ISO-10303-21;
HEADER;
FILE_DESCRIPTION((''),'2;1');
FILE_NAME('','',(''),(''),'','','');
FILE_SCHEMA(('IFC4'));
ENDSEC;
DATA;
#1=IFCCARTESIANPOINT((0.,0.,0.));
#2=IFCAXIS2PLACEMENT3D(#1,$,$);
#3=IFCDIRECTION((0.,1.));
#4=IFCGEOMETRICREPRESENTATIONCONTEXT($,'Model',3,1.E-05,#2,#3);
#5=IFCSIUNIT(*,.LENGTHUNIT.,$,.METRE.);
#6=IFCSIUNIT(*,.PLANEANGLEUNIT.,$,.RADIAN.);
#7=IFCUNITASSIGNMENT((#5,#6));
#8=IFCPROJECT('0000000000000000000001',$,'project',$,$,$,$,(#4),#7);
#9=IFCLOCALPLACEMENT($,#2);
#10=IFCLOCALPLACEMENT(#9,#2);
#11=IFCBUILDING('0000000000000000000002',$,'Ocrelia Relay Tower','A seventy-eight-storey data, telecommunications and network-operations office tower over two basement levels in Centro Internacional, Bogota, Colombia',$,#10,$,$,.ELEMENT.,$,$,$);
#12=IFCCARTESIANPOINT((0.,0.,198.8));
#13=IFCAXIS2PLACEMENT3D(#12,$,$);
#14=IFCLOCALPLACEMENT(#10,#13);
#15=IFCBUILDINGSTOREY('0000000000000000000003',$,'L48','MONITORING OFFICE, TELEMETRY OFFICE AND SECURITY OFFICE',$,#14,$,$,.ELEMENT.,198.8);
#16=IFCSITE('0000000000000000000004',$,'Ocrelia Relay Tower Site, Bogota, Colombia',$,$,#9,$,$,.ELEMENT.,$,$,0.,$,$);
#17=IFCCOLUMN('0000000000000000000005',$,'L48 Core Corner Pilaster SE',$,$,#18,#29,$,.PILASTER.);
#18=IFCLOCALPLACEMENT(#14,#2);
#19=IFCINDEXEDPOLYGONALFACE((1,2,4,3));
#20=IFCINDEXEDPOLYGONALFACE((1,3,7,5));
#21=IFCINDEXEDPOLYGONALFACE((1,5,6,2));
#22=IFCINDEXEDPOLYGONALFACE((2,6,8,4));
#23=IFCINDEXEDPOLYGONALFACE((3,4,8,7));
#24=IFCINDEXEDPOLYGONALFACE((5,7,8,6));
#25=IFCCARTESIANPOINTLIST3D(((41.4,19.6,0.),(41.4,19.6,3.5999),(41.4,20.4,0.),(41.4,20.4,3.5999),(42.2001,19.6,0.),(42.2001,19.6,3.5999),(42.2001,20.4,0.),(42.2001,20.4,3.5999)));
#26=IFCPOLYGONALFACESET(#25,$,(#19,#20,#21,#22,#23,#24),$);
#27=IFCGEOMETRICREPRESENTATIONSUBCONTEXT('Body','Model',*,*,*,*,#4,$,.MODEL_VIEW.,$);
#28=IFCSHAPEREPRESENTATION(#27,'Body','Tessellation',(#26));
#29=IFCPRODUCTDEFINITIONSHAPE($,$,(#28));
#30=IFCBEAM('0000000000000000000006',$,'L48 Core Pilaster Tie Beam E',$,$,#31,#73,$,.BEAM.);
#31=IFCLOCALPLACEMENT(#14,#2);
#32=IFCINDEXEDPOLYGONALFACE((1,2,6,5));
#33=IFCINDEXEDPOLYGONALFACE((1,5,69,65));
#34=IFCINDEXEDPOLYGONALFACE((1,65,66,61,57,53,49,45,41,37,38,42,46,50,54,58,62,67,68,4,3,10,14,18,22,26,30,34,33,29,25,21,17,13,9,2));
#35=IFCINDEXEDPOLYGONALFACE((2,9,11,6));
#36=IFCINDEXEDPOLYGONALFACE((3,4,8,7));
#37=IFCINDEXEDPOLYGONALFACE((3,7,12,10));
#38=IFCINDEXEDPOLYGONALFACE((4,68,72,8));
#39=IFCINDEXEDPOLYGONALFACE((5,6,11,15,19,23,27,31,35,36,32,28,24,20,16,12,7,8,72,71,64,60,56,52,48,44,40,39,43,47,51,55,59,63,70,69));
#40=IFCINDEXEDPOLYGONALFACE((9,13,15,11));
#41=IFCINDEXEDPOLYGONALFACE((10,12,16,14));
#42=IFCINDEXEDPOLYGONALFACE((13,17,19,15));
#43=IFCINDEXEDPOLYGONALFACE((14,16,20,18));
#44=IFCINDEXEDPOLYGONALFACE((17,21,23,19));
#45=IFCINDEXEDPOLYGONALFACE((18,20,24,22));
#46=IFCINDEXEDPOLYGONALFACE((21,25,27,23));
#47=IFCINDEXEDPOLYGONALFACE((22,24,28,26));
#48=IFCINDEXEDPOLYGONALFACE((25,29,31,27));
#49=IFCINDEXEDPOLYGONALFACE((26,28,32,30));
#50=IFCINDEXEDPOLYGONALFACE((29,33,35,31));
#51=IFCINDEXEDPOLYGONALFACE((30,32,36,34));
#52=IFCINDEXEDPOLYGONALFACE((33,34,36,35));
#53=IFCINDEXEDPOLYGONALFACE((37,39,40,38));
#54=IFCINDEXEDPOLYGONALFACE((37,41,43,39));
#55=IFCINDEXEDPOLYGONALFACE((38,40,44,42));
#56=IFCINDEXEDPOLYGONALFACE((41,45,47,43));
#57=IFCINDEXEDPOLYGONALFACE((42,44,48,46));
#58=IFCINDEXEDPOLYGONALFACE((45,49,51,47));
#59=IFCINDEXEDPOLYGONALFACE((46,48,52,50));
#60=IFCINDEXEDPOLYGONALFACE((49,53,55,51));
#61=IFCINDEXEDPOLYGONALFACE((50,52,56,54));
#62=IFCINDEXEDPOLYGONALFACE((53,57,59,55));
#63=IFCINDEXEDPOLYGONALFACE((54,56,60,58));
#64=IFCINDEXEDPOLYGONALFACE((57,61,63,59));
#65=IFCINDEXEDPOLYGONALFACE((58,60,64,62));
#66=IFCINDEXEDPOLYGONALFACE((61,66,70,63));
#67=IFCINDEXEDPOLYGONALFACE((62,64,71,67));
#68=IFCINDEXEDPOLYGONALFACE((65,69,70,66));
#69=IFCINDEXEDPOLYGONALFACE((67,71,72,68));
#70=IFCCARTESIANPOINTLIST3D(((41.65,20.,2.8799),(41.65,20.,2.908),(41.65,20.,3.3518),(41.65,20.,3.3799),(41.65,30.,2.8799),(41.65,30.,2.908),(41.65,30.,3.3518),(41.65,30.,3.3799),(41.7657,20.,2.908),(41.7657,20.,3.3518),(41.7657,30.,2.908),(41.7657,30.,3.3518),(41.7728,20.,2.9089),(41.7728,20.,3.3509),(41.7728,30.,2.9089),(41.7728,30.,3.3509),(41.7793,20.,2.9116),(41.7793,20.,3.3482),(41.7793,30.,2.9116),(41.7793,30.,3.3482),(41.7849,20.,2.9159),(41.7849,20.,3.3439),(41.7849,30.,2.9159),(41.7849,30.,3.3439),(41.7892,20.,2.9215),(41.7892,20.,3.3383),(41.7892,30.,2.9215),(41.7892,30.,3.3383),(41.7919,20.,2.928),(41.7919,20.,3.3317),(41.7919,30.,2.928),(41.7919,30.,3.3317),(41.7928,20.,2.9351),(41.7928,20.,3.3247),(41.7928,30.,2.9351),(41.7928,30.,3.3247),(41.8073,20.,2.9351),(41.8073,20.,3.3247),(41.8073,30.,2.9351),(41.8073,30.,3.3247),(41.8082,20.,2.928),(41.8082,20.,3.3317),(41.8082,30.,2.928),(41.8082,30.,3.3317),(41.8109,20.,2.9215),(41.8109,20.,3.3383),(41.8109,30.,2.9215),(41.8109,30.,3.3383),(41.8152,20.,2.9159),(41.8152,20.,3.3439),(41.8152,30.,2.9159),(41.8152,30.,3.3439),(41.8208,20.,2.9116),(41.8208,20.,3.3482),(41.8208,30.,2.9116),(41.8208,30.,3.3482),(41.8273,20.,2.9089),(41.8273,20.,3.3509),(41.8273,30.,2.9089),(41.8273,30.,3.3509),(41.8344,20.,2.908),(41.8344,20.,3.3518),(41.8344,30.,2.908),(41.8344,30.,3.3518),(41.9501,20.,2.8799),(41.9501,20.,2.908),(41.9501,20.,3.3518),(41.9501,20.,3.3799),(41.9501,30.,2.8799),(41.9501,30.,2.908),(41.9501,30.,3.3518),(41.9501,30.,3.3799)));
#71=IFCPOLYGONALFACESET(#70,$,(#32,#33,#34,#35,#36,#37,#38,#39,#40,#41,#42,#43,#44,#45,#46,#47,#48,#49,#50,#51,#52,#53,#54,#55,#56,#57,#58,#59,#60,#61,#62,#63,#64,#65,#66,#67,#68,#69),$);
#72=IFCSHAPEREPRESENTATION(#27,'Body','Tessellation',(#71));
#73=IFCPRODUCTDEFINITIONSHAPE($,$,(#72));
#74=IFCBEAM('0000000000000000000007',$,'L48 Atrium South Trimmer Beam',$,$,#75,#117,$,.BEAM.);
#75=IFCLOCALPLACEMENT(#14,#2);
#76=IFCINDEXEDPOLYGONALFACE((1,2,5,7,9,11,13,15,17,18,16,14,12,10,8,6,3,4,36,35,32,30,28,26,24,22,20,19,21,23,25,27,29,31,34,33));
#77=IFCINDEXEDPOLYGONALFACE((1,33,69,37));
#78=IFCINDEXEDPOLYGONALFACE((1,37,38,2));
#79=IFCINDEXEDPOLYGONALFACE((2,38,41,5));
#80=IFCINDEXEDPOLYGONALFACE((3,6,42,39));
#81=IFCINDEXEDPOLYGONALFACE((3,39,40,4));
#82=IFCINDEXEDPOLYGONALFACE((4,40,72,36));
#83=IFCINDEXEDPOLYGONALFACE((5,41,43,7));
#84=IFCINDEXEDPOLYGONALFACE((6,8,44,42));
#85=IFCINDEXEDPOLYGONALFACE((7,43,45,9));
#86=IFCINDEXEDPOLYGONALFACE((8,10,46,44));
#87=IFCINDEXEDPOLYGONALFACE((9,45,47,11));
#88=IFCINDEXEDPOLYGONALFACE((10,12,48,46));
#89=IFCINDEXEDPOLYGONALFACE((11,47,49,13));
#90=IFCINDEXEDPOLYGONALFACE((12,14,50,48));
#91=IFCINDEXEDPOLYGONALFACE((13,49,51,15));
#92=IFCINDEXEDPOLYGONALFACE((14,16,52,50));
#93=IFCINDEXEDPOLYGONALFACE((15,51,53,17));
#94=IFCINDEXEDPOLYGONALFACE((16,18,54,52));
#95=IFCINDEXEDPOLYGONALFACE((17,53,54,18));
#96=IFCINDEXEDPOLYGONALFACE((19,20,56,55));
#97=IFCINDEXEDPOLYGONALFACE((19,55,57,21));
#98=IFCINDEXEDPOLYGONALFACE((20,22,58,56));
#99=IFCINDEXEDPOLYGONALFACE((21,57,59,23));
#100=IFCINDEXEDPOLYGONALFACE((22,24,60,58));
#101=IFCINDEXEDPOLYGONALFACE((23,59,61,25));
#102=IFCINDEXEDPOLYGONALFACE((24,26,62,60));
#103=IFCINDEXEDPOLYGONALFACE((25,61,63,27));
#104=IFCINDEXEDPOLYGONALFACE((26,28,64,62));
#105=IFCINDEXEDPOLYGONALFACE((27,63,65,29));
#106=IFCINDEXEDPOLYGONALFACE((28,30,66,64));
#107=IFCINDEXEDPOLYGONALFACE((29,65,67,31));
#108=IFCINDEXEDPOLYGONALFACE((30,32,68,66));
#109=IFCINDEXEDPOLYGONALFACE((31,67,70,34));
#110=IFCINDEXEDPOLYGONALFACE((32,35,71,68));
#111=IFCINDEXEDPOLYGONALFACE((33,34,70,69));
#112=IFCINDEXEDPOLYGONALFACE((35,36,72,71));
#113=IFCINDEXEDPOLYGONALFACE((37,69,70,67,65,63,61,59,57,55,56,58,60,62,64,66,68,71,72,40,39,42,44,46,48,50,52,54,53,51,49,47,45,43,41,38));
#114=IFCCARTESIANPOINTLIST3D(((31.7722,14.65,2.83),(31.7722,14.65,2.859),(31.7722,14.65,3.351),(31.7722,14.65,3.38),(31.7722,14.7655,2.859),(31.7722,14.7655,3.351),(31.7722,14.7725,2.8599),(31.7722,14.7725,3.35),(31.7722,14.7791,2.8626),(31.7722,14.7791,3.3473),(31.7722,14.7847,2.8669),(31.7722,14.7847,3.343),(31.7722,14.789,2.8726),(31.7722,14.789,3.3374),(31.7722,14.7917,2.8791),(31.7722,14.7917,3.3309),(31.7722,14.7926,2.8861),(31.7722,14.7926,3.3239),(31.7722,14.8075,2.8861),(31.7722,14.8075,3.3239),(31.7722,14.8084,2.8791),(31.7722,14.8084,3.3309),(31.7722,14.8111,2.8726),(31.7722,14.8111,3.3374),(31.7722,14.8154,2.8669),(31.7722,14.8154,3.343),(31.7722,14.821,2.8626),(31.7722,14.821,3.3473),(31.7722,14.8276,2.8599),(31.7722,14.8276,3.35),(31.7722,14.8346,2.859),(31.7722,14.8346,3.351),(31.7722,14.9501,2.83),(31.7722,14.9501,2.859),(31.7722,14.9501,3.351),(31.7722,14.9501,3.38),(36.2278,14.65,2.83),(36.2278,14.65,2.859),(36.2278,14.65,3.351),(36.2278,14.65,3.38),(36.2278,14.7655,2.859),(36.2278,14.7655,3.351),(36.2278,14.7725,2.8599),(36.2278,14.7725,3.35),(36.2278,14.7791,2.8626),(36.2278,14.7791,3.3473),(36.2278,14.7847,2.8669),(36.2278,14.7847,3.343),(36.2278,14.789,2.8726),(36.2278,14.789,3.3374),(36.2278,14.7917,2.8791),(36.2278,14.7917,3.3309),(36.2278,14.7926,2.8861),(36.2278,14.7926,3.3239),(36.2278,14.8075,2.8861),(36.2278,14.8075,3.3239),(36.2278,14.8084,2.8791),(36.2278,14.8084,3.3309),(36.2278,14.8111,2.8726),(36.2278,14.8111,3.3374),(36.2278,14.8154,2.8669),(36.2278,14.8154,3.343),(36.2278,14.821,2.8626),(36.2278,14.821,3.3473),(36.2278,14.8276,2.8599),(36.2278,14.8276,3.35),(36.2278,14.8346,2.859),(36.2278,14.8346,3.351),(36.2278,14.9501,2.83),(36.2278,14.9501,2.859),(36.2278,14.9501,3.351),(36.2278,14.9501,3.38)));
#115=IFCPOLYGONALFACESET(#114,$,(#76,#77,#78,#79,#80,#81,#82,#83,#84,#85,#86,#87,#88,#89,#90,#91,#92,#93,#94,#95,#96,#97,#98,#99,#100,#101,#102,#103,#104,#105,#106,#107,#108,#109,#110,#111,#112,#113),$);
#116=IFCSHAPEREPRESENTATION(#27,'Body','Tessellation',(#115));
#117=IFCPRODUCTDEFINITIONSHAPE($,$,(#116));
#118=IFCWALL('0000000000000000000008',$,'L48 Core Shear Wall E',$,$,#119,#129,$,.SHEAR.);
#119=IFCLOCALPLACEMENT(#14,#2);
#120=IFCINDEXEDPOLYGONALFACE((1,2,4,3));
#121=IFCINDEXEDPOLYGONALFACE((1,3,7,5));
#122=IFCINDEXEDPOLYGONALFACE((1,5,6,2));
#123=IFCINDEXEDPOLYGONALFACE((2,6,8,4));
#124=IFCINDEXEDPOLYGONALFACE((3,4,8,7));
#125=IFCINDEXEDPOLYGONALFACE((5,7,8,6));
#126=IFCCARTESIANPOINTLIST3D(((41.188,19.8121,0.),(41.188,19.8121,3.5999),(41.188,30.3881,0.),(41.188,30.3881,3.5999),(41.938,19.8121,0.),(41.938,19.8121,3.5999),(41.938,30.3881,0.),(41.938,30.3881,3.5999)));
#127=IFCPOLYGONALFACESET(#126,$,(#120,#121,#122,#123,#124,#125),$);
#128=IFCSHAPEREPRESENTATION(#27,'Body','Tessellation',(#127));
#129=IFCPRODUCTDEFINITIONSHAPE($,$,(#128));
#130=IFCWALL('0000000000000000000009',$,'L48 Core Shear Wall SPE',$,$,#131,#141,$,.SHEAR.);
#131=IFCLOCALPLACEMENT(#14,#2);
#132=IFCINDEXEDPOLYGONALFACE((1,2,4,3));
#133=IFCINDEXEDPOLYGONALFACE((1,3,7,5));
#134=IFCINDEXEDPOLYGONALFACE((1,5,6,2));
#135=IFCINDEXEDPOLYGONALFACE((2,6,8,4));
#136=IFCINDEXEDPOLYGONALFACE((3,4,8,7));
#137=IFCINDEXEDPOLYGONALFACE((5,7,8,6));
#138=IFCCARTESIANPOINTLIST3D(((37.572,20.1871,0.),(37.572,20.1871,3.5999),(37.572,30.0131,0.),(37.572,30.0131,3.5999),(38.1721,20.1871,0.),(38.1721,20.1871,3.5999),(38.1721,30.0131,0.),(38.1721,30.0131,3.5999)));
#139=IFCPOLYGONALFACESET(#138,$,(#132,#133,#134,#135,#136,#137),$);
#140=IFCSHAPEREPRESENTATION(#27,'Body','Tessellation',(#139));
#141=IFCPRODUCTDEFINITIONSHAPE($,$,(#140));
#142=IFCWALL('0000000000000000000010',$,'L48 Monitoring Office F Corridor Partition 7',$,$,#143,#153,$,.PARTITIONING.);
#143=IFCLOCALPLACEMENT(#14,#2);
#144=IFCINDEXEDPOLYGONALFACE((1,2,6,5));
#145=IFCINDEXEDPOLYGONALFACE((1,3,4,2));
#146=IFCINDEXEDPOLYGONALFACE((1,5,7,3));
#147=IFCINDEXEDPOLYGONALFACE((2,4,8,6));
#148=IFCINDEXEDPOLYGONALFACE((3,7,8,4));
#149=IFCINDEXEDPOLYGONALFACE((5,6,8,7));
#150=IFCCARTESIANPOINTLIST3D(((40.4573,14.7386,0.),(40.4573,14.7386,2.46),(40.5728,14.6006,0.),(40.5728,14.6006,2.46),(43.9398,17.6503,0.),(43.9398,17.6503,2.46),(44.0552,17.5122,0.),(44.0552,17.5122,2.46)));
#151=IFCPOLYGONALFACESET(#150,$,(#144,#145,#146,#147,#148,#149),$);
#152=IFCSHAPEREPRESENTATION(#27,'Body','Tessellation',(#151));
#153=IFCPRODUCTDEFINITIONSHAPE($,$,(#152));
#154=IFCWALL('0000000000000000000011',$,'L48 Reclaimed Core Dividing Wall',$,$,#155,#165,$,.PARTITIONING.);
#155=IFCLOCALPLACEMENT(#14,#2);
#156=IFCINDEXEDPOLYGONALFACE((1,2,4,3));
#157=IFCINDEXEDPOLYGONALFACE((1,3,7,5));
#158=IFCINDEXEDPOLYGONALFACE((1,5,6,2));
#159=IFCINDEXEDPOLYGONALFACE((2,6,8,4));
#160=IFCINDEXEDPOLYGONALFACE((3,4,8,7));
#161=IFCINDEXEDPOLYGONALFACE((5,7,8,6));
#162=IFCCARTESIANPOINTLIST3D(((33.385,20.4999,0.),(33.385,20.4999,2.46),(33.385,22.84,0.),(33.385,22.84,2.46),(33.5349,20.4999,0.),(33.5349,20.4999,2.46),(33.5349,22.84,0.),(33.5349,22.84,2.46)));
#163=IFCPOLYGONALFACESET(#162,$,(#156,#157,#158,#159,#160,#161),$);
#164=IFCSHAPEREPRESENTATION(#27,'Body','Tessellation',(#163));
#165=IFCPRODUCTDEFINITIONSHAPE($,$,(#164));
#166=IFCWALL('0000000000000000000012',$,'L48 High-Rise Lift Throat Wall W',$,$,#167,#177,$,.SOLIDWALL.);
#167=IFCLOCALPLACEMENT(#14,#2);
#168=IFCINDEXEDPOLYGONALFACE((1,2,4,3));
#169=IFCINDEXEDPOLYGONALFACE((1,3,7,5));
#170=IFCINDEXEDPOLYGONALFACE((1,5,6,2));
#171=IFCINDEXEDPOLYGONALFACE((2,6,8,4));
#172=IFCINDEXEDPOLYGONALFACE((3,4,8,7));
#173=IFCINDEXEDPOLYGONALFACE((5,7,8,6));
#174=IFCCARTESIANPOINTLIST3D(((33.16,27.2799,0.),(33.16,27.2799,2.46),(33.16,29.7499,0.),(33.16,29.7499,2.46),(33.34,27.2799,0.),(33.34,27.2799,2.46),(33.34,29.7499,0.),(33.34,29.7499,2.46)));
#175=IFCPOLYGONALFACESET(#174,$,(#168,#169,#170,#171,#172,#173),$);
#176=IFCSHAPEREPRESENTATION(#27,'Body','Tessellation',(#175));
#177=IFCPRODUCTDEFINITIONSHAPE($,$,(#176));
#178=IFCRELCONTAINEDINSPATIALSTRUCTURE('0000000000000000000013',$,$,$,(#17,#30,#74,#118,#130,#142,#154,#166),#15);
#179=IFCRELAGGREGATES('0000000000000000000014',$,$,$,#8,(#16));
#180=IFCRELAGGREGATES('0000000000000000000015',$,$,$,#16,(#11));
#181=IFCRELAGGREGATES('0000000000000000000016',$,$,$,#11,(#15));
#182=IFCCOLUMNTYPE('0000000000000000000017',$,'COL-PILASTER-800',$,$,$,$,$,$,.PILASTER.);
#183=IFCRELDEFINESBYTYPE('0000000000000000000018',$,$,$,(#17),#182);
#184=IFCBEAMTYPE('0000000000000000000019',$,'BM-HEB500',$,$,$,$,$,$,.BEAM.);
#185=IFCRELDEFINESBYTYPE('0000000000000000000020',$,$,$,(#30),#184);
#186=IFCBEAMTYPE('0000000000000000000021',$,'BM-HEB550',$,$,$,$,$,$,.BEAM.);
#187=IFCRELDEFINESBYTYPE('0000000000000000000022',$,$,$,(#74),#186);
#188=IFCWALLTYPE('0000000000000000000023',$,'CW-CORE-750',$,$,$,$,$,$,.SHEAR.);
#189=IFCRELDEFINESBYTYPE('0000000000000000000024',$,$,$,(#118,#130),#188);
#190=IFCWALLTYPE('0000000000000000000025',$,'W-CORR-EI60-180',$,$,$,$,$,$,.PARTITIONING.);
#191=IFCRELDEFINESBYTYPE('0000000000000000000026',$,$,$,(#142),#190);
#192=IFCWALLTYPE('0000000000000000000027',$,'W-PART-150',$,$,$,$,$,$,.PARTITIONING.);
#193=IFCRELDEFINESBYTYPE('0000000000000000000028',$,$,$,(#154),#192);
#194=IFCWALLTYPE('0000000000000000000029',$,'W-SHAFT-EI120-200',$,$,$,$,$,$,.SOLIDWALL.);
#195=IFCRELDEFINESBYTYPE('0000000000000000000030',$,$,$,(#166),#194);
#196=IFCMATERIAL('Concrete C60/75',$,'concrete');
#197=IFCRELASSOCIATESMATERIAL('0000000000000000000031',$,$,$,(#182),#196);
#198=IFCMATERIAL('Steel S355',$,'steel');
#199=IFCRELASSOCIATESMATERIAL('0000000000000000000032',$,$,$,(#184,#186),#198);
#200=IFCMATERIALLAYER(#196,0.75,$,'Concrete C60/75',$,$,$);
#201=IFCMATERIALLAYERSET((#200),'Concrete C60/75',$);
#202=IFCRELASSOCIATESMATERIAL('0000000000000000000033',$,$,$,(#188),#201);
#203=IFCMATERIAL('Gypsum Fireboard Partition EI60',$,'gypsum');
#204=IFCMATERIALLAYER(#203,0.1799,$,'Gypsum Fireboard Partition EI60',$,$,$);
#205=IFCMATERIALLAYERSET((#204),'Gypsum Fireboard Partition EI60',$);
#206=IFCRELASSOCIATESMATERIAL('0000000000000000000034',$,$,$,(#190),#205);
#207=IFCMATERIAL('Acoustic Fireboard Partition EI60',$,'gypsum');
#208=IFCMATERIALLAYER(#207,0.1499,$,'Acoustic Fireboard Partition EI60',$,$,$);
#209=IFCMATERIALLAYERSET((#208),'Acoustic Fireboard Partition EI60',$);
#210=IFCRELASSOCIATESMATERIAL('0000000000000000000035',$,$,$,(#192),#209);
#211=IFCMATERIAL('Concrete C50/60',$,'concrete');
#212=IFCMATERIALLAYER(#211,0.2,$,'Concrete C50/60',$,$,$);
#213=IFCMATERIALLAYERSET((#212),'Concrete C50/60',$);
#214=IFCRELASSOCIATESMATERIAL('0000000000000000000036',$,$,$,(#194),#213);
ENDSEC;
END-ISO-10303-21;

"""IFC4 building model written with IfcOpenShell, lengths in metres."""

from ifc_helpers import new_model, si_unit, direction, frame, frame_2d, origin, origin_2d, place, context, subcontext, project, spatial, rectangle, i_section, extrude, material, layer, layer_set, material_profile, profile_set, type_object, element, save


model = new_model("IFC4")

# Units and contexts
model_context = context("Model", 3, precision=1e-05, world=origin(), true_north=direction((0.0, 1.0)))
body_context = subcontext(model_context, "Body", "Model", "MODEL_VIEW")
ifc_project = project(units=[si_unit("LENGTHUNIT", "METRE"), si_unit("PLANEANGLEUNIT", "RADIAN")], contexts=[model_context])

# Site, building, storey
site_placement = place(None, origin())
site = spatial("IfcSite", under=ifc_project, at=site_placement, Name="Ocrelia Relay Tower Site, Bogota, Colombia", CompositionType="ELEMENT", RefElevation=0.0)
building_placement = place(site_placement, origin())
building = spatial("IfcBuilding", under=site, at=building_placement, Name="Ocrelia Relay Tower", Description="A seventy-eight-storey data, telecommunications and network-operations office tower over two basement levels in Centro Internacional, Bogota, Colombia", CompositionType="ELEMENT")
storey_placement = place(building_placement, frame((0.0, 0.0, 198.8)))
storey = spatial("IfcBuildingStorey", under=building, at=storey_placement, Name="L48", Description="MONITORING OFFICE, TELEMETRY OFFICE AND SECURITY OFFICE", CompositionType="ELEMENT", Elevation=198.8)

# Column
ifc_material_1 = material(Name="Concrete C60/75", Category="concrete")
ifc_material_profile_1 = material_profile(ifc_material_1, rectangle(XDim=0.8, YDim=0.8, at=origin_2d()), Name="RC-COL-800x800")
ifc_profile_set_1 = profile_set([ifc_material_profile_1], Name="Concrete C60/75")
column_type = type_object("IfcColumnType", Name="COL-PILASTER-800", PredefinedType="PILASTER", material=ifc_profile_set_1)
column_placement = place(storey_placement, frame((41.8, 20.0, 0.0), z_axis=(0.0, 0.0, 1.0), x_axis=(1.0, 0.0, 0.0)))
element("IfcColumn", 1, at=column_placement, inside=storey, type_object=column_type, Name="L48 Core Corner Pilaster SE", PredefinedType="PILASTER", context=body_context, shape_type="SweptSolid", body=[
    extrude(rectangle(XDim=0.8, YDim=0.8, at=origin_2d()), origin(), (0.0, 0.0, 1.0), 3.5999),
])

# Beams
ifc_material_2 = material(Name="Steel S355", Category="steel")
ifc_material_profile_2 = material_profile(ifc_material_2, i_section(OverallWidth=0.3, OverallDepth=0.5, WebThickness=0.0144, FlangeThickness=0.0281, FilletRadius=0.0271, at=origin_2d()), Name="HEB 500")
ifc_profile_set_2 = profile_set([ifc_material_profile_2], Name="Steel S355")
beam_type_1 = type_object("IfcBeamType", Name="BM-HEB500", PredefinedType="BEAM", material=ifc_profile_set_2)
beam_1_placement = place(storey_placement, frame((41.8, 20.0, 3.1299), z_axis=(0.0, 1.0, 0.0), x_axis=(-1.0, 0.0, 0.0)))
element("IfcBeam", 2, at=beam_1_placement, inside=storey, type_object=beam_type_1, Name="L48 Core Pilaster Tie Beam E", PredefinedType="BEAM", context=body_context, shape_type="SweptSolid", body=[
    extrude(i_section(OverallWidth=0.3, OverallDepth=0.5, WebThickness=0.0144, FlangeThickness=0.0281, FilletRadius=0.0271, at=origin_2d()), origin(), (0.0, 0.0, 1.0), 10.0),
])
ifc_material_profile_3 = material_profile(ifc_material_2, i_section(OverallWidth=0.3, OverallDepth=0.55, WebThickness=0.0149, FlangeThickness=0.0291, FilletRadius=0.0271, at=origin_2d()), Name="HEB 550")
ifc_profile_set_3 = profile_set([ifc_material_profile_3], Name="Steel S355")
beam_type_2 = type_object("IfcBeamType", Name="BM-HEB550", PredefinedType="BEAM", material=ifc_profile_set_3)
beam_2_placement = place(storey_placement, frame((31.7722, 14.8, 3.105), z_axis=(1.0, 0.0, 0.0), x_axis=(0.0, 1.0, 0.0)))
element("IfcBeam", 3, at=beam_2_placement, inside=storey, type_object=beam_type_2, Name="L48 Atrium South Trimmer Beam", PredefinedType="BEAM", context=body_context, shape_type="SweptSolid", body=[
    extrude(i_section(OverallWidth=0.3, OverallDepth=0.55, WebThickness=0.0149, FlangeThickness=0.0291, FilletRadius=0.0271, at=origin_2d()), origin(), (0.0, 0.0, 1.0), 4.4556),
])

# Walls
ifc_layer_1 = layer(ifc_material_1, 0.75, Name="Concrete C60/75")
ifc_layer_set_1 = layer_set([ifc_layer_1], Name="Concrete C60/75")
wall_type_1 = type_object("IfcWallType", Name="CW-CORE-750", PredefinedType="SHEAR", material=ifc_layer_set_1)
wall_1_placement = place(storey_placement, frame((41.563, 19.812, 0.0), z_axis=(0.0, 0.0, 1.0), x_axis=(0.0, 1.0, 0.0)))
element("IfcWall", 4, at=wall_1_placement, inside=storey, type_object=wall_type_1, Name="L48 Core Shear Wall E", PredefinedType="SHEAR", context=body_context, shape_type="SweptSolid", body=[
    extrude(rectangle(XDim=10.5759, YDim=0.75, at=frame_2d((5.2881, 0.0))), origin(), (0.0, 0.0, 1.0), 3.5999),
])
wall_2_placement = place(storey_placement, frame((37.8721, 20.187, 0.0), z_axis=(0.0, 0.0, 1.0), x_axis=(0.0, 1.0, 0.0)))
element("IfcWall", 5, at=wall_2_placement, inside=storey, type_object=wall_type_1, Name="L48 Core Shear Wall SPE", PredefinedType="SHEAR", context=body_context, shape_type="SweptSolid", body=[
    extrude(rectangle(XDim=9.8259, YDim=0.6001, at=frame_2d((4.9131, 0.0))), origin(), (0.0, 0.0, 1.0), 3.5999),
])
ifc_material_3 = material(Name="Gypsum Fireboard Partition EI60", Category="gypsum")
ifc_layer_2 = layer(ifc_material_3, 0.1799, Name="Gypsum Fireboard Partition EI60")
ifc_layer_set_2 = layer_set([ifc_layer_2], Name="Gypsum Fireboard Partition EI60")
wall_type_2 = type_object("IfcWallType", Name="W-CORR-EI60-180", PredefinedType="PARTITIONING", material=ifc_layer_set_2)
wall_3_placement = place(storey_placement, frame((40.5151, 14.6697, 0.0), z_axis=(0.0, 0.0, 1.0), x_axis=(0.76718, 0.641432, 0.0)))
element("IfcWall", 6, at=wall_3_placement, inside=storey, type_object=wall_type_2, Name="L48 Monitoring Office F Corridor Partition 7", PredefinedType="PARTITIONING", context=body_context, shape_type="SweptSolid", body=[
    extrude(rectangle(XDim=4.5393, YDim=0.1799, at=frame_2d((2.2695, 0.0))), origin(), (0.0, 0.0, 1.0), 2.46),
])
ifc_material_4 = material(Name="Acoustic Fireboard Partition EI60", Category="gypsum")
ifc_layer_3 = layer(ifc_material_4, 0.1499, Name="Acoustic Fireboard Partition EI60")
ifc_layer_set_3 = layer_set([ifc_layer_3], Name="Acoustic Fireboard Partition EI60")
wall_type_3 = type_object("IfcWallType", Name="W-PART-150", PredefinedType="PARTITIONING", material=ifc_layer_set_3)
wall_4_placement = place(storey_placement, frame((33.46, 20.5, 0.0), z_axis=(0.0, 0.0, 1.0), x_axis=(0.0, 1.0, 0.0)))
element("IfcWall", 7, at=wall_4_placement, inside=storey, type_object=wall_type_3, Name="L48 Reclaimed Core Dividing Wall", PredefinedType="PARTITIONING", context=body_context, shape_type="SweptSolid", body=[
    extrude(rectangle(XDim=2.3401, YDim=0.1499, at=frame_2d((1.1699, 0.0))), origin(), (0.0, 0.0, 1.0), 2.46),
])
ifc_material_5 = material(Name="Concrete C50/60", Category="concrete")
ifc_layer_4 = layer(ifc_material_5, 0.2, Name="Concrete C50/60")
ifc_layer_set_4 = layer_set([ifc_layer_4], Name="Concrete C50/60")
wall_type_4 = type_object("IfcWallType", Name="W-SHAFT-EI120-200", PredefinedType="SOLIDWALL", material=ifc_layer_set_4)
wall_5_placement = place(storey_placement, frame((33.25, 27.28, 0.0), z_axis=(0.0, 0.0, 1.0), x_axis=(0.0, 1.0, 0.0)))
element("IfcWall", 8, at=wall_5_placement, inside=storey, type_object=wall_type_4, Name="L48 High-Rise Lift Throat Wall W", PredefinedType="SOLIDWALL", context=body_context, shape_type="SweptSolid", body=[
    extrude(rectangle(XDim=2.47, YDim=0.1799, at=frame_2d((1.2349, 0.0))), origin(), (0.0, 0.0, 1.0), 2.46),
])

save(model, "model.ifc")
